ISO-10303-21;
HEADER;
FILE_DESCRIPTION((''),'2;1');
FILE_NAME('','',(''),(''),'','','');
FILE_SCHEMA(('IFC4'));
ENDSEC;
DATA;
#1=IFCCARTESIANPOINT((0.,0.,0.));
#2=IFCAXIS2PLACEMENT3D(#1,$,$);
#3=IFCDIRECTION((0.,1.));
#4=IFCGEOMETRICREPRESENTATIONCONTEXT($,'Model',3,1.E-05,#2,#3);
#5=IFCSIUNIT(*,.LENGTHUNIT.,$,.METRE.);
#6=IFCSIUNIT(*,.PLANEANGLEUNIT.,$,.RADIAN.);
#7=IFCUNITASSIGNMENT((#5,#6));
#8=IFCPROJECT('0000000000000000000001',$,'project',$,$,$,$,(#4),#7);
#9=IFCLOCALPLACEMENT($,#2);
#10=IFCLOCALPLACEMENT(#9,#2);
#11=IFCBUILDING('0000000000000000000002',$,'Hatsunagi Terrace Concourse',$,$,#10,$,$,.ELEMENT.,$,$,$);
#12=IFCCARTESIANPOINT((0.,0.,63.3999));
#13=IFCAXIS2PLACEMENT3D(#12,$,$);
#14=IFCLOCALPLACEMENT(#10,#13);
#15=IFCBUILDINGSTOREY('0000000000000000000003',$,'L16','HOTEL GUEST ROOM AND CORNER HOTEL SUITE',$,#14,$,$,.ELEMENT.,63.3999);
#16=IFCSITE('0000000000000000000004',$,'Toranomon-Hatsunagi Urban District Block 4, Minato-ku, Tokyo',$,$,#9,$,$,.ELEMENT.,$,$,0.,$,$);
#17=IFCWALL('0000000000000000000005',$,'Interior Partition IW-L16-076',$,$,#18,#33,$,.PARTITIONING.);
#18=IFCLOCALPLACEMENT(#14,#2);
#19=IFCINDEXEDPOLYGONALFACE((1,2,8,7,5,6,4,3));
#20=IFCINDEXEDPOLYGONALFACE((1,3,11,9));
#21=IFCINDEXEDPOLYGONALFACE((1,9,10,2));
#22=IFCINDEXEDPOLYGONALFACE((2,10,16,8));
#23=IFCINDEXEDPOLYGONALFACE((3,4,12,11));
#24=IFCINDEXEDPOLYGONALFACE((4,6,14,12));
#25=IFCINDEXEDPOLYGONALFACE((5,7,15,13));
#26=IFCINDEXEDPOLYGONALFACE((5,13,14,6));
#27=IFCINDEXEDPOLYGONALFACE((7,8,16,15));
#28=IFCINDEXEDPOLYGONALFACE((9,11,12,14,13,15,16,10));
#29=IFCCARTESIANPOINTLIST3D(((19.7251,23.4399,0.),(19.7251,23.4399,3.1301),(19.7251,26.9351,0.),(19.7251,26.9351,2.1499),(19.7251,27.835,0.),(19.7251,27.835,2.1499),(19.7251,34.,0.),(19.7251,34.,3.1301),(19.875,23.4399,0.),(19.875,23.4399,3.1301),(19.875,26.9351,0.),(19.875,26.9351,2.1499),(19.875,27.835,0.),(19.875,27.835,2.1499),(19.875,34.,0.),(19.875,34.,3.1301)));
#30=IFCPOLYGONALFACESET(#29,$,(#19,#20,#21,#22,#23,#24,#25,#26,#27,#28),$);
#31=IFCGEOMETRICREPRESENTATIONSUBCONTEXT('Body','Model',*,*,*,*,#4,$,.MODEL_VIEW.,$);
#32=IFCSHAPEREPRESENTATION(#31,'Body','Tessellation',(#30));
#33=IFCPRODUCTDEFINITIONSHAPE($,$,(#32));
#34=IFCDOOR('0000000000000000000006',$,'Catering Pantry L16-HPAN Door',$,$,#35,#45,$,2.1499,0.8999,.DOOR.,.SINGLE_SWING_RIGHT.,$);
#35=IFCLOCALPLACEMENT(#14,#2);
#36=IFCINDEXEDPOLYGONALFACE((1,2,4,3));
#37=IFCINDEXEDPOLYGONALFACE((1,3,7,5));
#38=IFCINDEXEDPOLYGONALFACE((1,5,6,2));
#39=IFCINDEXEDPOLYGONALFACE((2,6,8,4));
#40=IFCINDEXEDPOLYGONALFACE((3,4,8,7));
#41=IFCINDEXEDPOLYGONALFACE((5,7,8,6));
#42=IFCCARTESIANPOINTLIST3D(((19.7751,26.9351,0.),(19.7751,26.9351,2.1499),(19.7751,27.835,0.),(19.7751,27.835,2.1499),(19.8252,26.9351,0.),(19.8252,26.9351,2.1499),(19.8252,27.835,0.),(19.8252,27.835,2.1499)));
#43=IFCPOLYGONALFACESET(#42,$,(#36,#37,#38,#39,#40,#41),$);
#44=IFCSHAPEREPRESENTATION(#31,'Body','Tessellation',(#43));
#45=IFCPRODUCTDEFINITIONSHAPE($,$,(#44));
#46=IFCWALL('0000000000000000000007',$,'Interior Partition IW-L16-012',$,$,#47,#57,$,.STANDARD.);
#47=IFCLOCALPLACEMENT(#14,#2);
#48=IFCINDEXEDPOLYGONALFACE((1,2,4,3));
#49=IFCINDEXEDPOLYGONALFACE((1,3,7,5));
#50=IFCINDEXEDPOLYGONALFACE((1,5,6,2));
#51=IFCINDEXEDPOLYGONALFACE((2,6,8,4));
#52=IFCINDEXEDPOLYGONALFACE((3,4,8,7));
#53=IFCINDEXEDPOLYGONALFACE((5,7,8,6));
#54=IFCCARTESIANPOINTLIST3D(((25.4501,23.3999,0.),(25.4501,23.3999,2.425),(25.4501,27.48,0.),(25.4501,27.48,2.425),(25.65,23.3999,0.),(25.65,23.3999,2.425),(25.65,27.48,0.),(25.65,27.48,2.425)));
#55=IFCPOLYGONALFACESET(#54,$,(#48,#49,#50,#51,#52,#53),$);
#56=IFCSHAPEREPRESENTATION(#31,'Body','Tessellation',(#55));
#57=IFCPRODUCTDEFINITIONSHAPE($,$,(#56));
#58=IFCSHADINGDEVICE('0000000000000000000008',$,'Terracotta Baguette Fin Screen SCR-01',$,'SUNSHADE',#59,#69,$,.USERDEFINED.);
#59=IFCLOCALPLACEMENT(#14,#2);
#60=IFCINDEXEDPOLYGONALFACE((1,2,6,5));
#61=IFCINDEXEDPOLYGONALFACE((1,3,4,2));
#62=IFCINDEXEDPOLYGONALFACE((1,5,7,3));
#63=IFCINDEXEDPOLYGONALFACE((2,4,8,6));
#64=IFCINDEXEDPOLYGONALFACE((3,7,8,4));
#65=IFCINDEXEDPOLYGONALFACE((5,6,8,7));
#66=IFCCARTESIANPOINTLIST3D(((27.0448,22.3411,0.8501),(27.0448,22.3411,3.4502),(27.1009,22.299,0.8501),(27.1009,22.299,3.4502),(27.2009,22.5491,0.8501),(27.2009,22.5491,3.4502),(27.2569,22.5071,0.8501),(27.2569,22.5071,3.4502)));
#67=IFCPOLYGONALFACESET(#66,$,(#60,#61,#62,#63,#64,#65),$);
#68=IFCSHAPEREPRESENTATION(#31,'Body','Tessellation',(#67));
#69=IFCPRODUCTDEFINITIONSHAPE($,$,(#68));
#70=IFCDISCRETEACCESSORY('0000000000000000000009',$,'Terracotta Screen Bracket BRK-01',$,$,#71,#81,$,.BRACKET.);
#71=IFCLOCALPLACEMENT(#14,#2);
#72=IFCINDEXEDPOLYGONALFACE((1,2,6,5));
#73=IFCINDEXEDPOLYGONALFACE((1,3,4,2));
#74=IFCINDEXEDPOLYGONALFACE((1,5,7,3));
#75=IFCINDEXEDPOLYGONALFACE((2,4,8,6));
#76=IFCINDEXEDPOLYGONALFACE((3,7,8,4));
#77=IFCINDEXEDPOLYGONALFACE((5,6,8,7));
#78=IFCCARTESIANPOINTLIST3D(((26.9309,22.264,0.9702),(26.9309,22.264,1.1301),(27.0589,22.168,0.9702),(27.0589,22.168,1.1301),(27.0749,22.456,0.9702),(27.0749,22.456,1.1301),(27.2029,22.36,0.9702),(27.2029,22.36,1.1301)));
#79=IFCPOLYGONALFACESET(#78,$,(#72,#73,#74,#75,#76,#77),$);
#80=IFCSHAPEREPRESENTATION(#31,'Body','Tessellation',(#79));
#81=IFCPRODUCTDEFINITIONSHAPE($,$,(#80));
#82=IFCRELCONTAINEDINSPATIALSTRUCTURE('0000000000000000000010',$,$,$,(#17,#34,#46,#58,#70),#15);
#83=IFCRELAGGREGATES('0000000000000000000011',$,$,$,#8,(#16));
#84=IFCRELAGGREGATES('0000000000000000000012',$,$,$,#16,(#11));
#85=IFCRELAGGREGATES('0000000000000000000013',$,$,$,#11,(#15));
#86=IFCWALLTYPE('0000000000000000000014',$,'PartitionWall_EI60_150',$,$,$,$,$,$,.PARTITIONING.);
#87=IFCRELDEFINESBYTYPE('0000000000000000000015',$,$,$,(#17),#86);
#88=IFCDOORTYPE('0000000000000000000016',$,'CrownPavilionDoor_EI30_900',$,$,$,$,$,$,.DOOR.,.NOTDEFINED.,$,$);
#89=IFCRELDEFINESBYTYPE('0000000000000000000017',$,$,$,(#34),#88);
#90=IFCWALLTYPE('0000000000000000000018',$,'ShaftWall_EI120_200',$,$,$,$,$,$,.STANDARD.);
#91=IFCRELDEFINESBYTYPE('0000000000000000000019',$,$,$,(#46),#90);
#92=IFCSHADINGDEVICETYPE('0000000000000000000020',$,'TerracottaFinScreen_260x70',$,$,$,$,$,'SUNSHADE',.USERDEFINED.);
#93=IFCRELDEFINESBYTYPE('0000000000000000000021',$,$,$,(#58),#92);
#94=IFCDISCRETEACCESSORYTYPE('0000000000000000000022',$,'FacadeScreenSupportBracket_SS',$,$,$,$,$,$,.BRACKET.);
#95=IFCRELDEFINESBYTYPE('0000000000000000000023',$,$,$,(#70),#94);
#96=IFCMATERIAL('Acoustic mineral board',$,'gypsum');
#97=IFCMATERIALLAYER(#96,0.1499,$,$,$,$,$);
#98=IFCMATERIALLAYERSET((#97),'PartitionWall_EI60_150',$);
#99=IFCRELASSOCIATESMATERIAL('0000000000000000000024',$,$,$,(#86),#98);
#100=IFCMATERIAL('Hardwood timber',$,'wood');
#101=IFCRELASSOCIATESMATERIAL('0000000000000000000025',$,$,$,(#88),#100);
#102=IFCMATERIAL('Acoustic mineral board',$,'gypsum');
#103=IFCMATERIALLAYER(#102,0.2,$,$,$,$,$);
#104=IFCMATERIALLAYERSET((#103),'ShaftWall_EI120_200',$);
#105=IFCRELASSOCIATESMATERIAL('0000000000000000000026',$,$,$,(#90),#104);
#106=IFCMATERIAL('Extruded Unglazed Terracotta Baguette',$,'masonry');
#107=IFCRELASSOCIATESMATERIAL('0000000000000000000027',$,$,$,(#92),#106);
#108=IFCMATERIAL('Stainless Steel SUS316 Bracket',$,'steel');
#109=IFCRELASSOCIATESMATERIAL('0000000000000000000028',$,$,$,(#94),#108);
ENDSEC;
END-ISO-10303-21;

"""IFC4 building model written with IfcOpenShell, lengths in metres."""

from ifc_helpers import new_model, si_unit, direction, frame, frame_2d, origin, origin_2d, place, context, subcontext, project, spatial, rectangle, extrude, material, layer, layer_set, type_object, element, fill, save


model = new_model("IFC4")

# Units and contexts
model_context = context("Model", 3, precision=1e-05, world=origin(), true_north=direction((0.0, 1.0)))
body_context = subcontext(model_context, "Body", "Model", "MODEL_VIEW")
ifc_project = project(units=[si_unit("LENGTHUNIT", "METRE"), si_unit("PLANEANGLEUNIT", "RADIAN")], contexts=[model_context])

# Site, building, storey
site_placement = place(None, origin())
site = spatial("IfcSite", under=ifc_project, at=site_placement, Name="Toranomon-Hatsunagi Urban District Block 4, Minato-ku, Tokyo", CompositionType="ELEMENT", RefElevation=0.0)
building_placement = place(site_placement, origin())
building = spatial("IfcBuilding", under=site, at=building_placement, Name="Hatsunagi Terrace Concourse", CompositionType="ELEMENT")
storey_placement = place(building_placement, frame((0.0, 0.0, 63.3999)))
storey = spatial("IfcBuildingStorey", under=building, at=storey_placement, Name="L16", Description="HOTEL GUEST ROOM AND CORNER HOTEL SUITE", CompositionType="ELEMENT", Elevation=63.3999)

# Wall, opening, door
ifc_material_1 = material(Name="Acoustic mineral board", Category="gypsum")
ifc_layer_1 = layer(ifc_material_1, 0.1499)
ifc_layer_set_1 = layer_set([ifc_layer_1], Name="PartitionWall_EI60_150")
wall_type_1 = type_object("IfcWallType", Name="PartitionWall_EI60_150", PredefinedType="PARTITIONING", material=ifc_layer_set_1)
wall_1_placement = place(storey_placement, frame((19.8, 23.4399, 0.0), z_axis=(0.0, 0.0, 1.0), x_axis=(0.0, 1.0, 0.0)))
wall_1 = element("IfcWall", 1, at=wall_1_placement, inside=storey, type_object=wall_type_1, Name="Interior Partition IW-L16-076", PredefinedType="PARTITIONING", context=body_context, shape_type="SweptSolid", body=[
    extrude(rectangle(XDim=10.5601, YDim=0.1499, at=frame_2d((5.28, 0.0))), origin(), (0.0, 0.0, 1.0), 3.1301),
])
opening_placement = place(wall_1_placement, frame((3.4951, 0.0, 0.0)))
opening = element("IfcOpeningElement", 2, at=opening_placement, cuts=wall_1, PredefinedType="OPENING", context=body_context, shape_type="SweptSolid", body=[
    extrude(rectangle(XDim=0.8999, YDim=2.1499, at=frame_2d((0.45, 1.075))), frame((0.0, 0.085, 0.0), z_axis=(0.0, -1.0, 0.0), x_axis=(1.0, 0.0, 0.0)), (0.0, 0.0, 1.0), 0.1699),
])
ifc_material_2 = material(Name="Hardwood timber", Category="wood")
door_type = type_object("IfcDoorType", Name="CrownPavilionDoor_EI30_900", OperationType="NOTDEFINED", PredefinedType="DOOR", material=ifc_material_2)
door_placement = place(opening_placement, origin())
door = element("IfcDoor", 3, at=door_placement, inside=storey, type_object=door_type, Name="Catering Pantry L16-HPAN Door", OperationType="SINGLE_SWING_RIGHT", OverallHeight=2.1499, OverallWidth=0.8999, PredefinedType="DOOR", context=body_context, shape_type="SweptSolid", body=[
    extrude(rectangle(XDim=0.8999, YDim=2.1499, at=frame_2d((0.45, 1.075))), frame((0.0, 0.0249, 0.0), z_axis=(0.0, -1.0, 0.0), x_axis=(1.0, 0.0, 0.0)), (0.0, 0.0, 1.0), 0.05),
])
fill(opening, door)

# Wall
ifc_material_3 = material(Name="Acoustic mineral board", Category="gypsum")
ifc_layer_2 = layer(ifc_material_3, 0.2)
ifc_layer_set_2 = layer_set([ifc_layer_2], Name="ShaftWall_EI120_200")
wall_type_2 = type_object("IfcWallType", Name="ShaftWall_EI120_200", PredefinedType="STANDARD", material=ifc_layer_set_2)
wall_2_placement = place(storey_placement, frame((25.55, 23.3999, 0.0), z_axis=(0.0, 0.0, 1.0), x_axis=(0.0, 1.0, 0.0)))
element("IfcWall", 4, at=wall_2_placement, inside=storey, type_object=wall_type_2, Name="Interior Partition IW-L16-012", PredefinedType="STANDARD", context=body_context, shape_type="SweptSolid", body=[
    extrude(rectangle(XDim=4.0801, YDim=0.2, at=frame_2d((2.04, 0.0))), origin(), (0.0, 0.0, 1.0), 2.425),
])

# Shading device
ifc_material_4 = material(Name="Extruded Unglazed Terracotta Baguette", Category="masonry")
shading_device_type = type_object("IfcShadingDeviceType", Name="TerracottaFinScreen_260x70", ElementType="SUNSHADE", PredefinedType="USERDEFINED", material=ifc_material_4)
shading_device_placement = place(storey_placement, frame((27.1509, 22.4241, 0.8501), z_axis=(0.0, 0.0, 1.0), x_axis=(-0.800003, 0.599996, 0.0)))
element("IfcShadingDevice", 5, at=shading_device_placement, inside=storey, type_object=shading_device_type, Name="Terracotta Baguette Fin Screen SCR-01", ObjectType="SUNSHADE", PredefinedType="USERDEFINED", context=body_context, shape_type="SweptSolid", body=[
    extrude(rectangle(XDim=0.0701, YDim=0.26, at=origin_2d()), origin(), (0.0, 0.0, 1.0), 2.6001),
])

# Discrete accessory
ifc_material_5 = material(Name="Stainless Steel SUS316 Bracket", Category="steel")
discrete_accessory_type = type_object("IfcDiscreteAccessoryType", Name="FacadeScreenSupportBracket_SS", PredefinedType="BRACKET", material=ifc_material_5)
discrete_accessory_placement = place(storey_placement, frame((27.0669, 22.312, 0.9702), z_axis=(0.0, 0.0, 1.0), x_axis=(-0.800003, 0.599996, 0.0)))
element("IfcDiscreteAccessory", 6, at=discrete_accessory_placement, inside=storey, type_object=discrete_accessory_type, Name="Terracotta Screen Bracket BRK-01", PredefinedType="BRACKET", context=body_context, shape_type="SweptSolid", body=[
    extrude(rectangle(XDim=0.1599, YDim=0.24, at=origin_2d()), origin(), (0.0, 0.0, 1.0), 0.1599),
])

save(model, "model.ifc")
